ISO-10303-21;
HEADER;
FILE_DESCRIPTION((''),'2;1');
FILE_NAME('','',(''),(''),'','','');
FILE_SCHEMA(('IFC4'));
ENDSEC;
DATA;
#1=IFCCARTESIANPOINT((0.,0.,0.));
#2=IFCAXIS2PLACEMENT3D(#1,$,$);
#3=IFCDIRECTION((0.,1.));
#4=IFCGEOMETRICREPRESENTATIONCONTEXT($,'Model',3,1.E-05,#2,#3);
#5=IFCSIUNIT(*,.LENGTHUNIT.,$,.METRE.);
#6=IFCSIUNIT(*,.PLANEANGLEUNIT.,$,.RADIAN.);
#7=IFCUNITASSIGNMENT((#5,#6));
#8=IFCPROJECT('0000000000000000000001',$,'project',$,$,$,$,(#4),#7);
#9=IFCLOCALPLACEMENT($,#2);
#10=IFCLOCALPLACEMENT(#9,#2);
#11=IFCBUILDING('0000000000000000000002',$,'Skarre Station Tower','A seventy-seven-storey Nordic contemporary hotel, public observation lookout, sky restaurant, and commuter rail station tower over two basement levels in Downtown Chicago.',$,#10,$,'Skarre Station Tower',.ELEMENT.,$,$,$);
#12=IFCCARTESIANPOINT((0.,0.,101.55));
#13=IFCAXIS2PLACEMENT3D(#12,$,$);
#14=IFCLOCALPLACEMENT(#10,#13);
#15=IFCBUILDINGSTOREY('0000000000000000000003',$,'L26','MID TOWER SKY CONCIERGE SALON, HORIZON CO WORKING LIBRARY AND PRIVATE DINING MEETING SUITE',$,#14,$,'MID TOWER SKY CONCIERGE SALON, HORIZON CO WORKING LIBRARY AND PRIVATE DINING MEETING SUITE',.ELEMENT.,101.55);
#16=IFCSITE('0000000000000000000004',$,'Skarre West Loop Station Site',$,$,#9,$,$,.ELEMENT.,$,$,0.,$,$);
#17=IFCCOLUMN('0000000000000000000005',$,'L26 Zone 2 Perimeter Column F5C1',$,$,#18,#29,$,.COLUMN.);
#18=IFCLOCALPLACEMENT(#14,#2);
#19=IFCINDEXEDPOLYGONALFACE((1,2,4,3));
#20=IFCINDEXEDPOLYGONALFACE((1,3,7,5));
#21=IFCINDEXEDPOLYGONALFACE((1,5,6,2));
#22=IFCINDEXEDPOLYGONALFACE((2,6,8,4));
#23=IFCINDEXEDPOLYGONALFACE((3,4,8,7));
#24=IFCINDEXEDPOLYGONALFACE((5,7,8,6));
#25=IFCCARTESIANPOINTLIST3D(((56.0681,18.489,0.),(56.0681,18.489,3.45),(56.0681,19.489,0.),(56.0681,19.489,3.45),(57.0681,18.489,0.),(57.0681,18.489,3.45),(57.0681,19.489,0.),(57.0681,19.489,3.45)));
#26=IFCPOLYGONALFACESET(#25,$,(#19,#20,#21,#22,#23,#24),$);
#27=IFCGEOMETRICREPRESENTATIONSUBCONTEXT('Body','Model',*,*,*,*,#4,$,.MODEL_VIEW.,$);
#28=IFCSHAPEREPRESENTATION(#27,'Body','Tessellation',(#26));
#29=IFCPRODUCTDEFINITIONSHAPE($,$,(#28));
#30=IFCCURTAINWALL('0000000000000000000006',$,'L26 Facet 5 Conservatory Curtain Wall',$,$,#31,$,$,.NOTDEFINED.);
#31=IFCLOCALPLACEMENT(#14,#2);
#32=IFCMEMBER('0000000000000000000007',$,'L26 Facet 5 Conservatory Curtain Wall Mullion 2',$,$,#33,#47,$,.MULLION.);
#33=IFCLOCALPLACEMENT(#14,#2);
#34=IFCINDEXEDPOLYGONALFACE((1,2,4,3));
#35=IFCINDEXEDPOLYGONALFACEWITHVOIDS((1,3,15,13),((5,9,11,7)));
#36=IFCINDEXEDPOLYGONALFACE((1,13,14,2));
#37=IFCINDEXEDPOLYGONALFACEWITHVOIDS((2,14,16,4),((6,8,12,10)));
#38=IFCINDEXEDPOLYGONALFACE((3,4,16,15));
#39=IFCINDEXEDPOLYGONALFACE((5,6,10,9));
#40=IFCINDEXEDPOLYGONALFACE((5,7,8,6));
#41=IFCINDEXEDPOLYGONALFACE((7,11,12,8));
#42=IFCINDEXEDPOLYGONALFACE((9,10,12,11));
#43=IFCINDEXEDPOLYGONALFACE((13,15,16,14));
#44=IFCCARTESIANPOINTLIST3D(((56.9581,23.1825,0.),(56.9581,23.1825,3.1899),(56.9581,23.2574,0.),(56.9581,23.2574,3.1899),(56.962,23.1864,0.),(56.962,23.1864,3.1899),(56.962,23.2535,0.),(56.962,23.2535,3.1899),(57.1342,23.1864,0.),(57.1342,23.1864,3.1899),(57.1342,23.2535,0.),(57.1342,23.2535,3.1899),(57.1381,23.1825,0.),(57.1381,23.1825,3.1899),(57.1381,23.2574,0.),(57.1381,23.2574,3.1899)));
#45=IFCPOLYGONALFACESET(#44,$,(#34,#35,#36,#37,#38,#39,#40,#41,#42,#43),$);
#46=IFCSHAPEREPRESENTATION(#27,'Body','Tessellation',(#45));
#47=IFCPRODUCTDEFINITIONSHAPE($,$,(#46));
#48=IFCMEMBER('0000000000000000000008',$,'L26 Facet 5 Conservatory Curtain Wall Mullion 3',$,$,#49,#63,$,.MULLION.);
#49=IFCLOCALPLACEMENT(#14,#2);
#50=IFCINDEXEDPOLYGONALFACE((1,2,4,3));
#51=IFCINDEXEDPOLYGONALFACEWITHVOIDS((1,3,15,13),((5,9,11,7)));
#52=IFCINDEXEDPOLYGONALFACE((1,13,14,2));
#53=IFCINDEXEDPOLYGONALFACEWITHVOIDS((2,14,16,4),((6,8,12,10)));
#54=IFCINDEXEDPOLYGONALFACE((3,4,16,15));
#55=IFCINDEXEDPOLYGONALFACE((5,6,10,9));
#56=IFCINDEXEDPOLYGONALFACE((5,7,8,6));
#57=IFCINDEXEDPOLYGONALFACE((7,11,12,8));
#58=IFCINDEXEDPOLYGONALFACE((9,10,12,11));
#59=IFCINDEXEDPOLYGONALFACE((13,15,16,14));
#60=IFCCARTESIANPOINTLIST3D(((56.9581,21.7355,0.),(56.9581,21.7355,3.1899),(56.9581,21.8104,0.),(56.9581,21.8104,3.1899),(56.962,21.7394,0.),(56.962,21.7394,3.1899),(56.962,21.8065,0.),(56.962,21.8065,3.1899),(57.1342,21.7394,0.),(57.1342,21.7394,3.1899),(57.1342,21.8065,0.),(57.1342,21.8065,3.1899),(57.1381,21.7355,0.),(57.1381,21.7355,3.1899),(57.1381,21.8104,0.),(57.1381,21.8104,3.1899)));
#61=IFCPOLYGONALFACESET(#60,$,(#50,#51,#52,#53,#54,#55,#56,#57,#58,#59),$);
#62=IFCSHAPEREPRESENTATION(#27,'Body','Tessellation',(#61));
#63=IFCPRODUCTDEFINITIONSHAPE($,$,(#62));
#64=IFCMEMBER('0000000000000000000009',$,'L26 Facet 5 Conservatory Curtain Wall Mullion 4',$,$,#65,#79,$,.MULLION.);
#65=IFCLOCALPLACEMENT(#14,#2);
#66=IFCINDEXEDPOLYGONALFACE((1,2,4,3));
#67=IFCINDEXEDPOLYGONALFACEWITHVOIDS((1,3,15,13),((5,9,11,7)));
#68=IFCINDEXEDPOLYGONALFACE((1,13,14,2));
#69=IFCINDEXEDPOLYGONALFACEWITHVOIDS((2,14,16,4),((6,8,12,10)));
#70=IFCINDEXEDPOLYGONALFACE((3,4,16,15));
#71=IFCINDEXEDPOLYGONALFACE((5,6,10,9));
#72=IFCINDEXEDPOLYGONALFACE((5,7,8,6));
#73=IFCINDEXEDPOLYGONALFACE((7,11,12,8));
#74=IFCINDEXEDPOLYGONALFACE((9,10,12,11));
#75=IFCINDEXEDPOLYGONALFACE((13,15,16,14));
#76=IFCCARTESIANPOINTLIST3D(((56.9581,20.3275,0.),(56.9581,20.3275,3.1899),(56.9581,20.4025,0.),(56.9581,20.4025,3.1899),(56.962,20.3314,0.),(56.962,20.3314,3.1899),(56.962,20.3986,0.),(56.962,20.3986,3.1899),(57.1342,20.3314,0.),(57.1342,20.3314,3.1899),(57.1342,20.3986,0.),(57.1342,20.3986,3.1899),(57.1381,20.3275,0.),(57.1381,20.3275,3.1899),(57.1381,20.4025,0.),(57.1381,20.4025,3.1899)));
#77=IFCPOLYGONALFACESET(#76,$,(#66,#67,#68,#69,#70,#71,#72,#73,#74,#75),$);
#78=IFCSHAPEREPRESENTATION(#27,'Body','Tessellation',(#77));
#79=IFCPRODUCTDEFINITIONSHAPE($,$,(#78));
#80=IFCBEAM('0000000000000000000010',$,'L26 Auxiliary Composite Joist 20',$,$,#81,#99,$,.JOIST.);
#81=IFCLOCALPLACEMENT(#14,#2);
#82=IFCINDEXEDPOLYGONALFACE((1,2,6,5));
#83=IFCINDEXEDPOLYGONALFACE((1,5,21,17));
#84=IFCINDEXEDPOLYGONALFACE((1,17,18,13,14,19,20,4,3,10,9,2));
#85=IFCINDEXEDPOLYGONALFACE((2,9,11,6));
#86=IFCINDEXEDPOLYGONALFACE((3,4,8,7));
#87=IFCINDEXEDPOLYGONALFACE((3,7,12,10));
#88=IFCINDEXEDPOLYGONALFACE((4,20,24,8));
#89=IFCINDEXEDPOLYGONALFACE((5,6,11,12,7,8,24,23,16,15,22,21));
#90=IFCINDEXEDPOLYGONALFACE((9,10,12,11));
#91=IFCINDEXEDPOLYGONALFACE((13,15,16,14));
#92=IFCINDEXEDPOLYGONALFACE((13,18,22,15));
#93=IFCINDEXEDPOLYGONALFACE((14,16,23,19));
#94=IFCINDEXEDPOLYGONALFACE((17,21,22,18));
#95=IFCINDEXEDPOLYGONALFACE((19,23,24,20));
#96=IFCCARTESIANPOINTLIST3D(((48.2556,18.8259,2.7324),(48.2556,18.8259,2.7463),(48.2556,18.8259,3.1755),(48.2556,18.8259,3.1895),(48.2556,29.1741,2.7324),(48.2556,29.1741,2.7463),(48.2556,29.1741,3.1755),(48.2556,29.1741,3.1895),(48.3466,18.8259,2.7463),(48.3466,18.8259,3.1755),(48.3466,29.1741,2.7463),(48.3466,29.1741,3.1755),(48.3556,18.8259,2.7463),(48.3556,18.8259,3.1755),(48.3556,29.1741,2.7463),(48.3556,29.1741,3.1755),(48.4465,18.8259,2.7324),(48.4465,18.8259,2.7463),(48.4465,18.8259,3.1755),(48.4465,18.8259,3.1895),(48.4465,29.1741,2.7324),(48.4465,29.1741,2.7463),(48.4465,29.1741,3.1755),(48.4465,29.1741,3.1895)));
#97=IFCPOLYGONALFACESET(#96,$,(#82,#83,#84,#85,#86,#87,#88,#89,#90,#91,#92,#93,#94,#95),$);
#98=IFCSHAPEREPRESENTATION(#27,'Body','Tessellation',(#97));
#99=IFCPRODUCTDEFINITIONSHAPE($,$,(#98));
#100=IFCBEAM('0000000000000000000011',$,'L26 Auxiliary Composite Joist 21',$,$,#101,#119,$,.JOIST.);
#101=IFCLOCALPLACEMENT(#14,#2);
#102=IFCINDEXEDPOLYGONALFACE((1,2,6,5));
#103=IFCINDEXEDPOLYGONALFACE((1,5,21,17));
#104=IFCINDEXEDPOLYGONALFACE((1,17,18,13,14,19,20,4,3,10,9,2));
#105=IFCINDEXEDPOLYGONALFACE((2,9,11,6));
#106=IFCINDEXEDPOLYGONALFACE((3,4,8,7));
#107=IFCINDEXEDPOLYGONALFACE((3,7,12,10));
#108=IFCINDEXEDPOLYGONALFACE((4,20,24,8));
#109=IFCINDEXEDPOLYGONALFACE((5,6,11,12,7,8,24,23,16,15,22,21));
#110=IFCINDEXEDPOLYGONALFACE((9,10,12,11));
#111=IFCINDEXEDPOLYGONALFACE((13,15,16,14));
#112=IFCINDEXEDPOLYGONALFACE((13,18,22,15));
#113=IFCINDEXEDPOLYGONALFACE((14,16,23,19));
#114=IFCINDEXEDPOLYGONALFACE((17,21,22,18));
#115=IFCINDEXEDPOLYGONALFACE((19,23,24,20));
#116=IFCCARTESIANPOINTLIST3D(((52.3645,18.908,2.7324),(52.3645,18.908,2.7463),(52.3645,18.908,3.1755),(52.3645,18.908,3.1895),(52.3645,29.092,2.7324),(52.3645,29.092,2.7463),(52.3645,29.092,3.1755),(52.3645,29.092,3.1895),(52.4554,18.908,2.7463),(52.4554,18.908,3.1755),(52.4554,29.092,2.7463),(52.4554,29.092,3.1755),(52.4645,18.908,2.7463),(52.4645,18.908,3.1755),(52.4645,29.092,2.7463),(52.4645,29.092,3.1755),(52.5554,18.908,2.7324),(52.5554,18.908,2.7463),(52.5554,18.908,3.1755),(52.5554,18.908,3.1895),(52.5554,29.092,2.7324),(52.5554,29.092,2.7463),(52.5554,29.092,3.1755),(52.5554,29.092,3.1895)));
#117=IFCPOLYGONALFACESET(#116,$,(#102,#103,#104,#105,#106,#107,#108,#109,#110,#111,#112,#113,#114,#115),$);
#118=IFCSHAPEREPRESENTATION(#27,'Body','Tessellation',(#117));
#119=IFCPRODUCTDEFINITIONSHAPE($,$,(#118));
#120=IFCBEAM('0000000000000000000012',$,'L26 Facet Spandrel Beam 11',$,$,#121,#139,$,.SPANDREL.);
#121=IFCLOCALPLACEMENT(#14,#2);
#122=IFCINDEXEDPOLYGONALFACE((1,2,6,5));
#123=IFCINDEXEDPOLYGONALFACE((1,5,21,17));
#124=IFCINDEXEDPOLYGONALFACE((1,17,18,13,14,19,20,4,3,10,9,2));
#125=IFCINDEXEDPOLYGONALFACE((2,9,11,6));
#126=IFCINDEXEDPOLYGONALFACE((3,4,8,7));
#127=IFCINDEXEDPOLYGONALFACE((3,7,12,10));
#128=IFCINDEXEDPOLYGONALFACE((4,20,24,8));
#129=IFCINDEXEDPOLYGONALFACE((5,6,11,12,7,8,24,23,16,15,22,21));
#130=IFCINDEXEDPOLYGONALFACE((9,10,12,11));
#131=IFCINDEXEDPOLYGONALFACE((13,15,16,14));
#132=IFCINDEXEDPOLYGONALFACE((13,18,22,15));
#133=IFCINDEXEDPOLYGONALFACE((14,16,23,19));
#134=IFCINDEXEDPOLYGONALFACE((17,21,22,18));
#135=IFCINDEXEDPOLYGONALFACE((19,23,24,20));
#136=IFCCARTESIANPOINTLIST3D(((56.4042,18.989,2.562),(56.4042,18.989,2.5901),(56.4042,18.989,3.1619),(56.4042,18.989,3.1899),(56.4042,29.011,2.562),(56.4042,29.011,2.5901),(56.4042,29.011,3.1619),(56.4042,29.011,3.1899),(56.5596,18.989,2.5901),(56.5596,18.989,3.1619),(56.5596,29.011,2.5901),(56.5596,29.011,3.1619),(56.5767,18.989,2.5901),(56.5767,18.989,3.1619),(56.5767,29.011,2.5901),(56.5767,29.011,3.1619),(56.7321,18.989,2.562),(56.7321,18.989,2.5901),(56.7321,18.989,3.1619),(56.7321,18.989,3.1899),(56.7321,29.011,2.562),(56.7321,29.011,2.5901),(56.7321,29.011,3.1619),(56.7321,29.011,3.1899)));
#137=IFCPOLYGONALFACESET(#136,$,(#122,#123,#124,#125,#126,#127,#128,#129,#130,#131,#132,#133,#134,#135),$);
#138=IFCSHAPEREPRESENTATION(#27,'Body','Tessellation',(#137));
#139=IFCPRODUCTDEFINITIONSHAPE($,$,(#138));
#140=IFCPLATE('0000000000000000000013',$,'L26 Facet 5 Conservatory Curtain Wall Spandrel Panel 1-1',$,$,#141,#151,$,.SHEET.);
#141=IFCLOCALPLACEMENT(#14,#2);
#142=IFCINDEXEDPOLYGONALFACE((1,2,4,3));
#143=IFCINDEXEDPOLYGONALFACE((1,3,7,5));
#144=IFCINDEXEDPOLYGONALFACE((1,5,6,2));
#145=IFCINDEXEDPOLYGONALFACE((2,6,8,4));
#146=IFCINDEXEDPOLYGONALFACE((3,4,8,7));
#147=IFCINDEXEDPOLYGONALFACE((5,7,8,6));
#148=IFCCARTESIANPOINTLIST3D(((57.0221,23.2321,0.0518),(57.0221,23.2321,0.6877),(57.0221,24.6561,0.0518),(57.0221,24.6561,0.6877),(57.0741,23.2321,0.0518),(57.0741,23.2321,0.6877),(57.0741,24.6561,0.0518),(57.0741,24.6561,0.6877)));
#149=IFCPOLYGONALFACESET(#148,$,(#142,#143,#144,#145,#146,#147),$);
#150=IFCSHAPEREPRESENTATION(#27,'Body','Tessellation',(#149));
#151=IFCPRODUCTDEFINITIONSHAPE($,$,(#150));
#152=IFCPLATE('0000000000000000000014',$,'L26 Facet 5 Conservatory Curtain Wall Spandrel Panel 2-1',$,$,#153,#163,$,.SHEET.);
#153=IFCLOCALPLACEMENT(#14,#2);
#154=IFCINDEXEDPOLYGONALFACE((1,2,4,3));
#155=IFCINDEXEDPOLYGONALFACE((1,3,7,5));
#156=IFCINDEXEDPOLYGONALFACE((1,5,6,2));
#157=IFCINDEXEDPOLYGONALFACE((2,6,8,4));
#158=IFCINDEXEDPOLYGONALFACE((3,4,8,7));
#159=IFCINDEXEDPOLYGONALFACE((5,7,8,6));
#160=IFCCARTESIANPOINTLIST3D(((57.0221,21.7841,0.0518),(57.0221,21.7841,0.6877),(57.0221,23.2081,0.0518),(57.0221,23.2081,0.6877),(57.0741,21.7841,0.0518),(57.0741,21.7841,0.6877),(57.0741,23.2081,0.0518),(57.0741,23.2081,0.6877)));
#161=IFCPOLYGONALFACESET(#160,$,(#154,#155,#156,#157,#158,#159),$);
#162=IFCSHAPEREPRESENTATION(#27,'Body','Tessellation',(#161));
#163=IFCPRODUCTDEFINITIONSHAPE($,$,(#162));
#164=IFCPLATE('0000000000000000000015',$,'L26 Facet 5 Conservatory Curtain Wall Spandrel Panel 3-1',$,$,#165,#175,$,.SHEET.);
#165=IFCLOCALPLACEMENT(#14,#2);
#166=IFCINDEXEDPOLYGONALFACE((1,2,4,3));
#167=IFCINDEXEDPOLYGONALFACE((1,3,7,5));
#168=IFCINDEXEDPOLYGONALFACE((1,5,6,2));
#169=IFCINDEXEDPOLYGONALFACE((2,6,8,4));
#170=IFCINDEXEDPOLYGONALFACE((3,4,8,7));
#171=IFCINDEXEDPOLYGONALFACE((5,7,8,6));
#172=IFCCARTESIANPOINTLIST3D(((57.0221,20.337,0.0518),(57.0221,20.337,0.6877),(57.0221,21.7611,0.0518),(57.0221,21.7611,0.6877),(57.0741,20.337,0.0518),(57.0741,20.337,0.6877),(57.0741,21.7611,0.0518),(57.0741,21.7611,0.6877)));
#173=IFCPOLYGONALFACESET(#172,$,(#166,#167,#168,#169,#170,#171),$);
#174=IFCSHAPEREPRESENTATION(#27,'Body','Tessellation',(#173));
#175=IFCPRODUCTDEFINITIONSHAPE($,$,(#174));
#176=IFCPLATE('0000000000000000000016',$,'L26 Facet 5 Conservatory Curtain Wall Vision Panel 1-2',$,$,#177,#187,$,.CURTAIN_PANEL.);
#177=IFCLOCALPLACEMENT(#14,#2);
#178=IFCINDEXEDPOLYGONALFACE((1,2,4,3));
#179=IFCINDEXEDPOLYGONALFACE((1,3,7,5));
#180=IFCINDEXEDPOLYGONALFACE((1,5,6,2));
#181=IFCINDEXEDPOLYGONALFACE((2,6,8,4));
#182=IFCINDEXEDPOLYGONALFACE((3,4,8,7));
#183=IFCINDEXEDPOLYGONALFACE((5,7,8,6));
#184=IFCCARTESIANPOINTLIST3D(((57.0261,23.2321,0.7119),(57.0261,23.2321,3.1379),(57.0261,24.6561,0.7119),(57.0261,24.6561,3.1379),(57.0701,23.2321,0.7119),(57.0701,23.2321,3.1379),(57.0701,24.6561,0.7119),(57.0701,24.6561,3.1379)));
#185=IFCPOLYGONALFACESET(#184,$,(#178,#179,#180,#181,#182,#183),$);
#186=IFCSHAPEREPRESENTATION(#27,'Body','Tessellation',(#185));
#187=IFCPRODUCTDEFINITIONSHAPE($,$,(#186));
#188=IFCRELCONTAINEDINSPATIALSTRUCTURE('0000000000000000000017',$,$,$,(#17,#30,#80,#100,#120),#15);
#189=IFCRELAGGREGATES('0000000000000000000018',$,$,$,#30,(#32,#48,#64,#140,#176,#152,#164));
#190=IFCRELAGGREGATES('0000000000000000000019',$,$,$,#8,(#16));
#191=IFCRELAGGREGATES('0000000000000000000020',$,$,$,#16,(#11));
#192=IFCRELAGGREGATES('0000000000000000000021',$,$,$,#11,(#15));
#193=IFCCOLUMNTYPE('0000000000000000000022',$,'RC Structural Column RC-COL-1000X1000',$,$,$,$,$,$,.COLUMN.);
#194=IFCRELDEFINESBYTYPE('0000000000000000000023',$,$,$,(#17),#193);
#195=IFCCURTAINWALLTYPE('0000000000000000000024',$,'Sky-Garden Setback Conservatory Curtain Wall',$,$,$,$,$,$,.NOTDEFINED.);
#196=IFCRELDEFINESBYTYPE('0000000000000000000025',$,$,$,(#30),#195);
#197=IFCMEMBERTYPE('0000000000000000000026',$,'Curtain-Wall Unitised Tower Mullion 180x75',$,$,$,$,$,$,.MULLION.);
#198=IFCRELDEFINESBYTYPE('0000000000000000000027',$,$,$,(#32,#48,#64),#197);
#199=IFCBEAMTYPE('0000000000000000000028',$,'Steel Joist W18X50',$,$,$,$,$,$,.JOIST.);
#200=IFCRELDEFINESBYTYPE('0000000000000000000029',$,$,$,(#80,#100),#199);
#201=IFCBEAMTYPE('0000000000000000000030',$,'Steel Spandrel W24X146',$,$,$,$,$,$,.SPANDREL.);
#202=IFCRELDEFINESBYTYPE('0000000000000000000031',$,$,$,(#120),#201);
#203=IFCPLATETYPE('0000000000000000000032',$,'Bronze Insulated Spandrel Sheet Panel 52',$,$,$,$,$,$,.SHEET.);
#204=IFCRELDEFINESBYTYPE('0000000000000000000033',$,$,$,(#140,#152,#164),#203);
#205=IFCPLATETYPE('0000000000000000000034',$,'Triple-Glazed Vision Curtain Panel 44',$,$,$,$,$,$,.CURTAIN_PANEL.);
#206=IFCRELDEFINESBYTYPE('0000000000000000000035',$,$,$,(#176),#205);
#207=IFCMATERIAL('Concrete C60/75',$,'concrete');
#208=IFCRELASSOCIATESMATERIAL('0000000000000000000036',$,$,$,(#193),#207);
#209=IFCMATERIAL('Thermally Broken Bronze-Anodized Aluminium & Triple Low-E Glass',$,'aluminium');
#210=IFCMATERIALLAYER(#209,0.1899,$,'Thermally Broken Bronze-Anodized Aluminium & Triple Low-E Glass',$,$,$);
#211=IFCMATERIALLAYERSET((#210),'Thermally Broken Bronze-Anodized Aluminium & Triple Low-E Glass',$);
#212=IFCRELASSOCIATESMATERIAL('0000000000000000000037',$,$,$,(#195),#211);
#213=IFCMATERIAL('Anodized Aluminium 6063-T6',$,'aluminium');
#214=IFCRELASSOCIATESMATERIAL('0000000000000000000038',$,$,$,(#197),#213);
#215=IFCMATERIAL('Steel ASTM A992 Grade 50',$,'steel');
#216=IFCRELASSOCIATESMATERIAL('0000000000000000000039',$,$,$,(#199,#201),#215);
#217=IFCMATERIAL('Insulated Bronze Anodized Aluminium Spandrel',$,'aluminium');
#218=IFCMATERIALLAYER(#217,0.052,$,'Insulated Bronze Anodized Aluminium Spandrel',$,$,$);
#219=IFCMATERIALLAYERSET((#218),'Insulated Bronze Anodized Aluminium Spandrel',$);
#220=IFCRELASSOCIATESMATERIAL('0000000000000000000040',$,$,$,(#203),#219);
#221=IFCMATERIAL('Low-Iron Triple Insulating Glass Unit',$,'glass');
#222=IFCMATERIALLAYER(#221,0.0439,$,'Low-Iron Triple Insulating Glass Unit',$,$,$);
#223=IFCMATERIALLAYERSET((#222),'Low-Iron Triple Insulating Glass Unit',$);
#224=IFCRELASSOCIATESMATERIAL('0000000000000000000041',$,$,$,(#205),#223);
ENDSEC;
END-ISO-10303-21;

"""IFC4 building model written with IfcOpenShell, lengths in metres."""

from ifc_helpers import new_model, si_unit, direction, frame, origin, origin_2d, place, context, subcontext, project, spatial, rectangle, hollow_rectangle, i_section, extrude, material, layer, layer_set, material_profile, profile_set, type_object, element, aggregate, save


model = new_model("IFC4")

# Units and contexts
model_context = context("Model", 3, precision=1e-05, world=origin(), true_north=direction((0.0, 1.0)))
body_context = subcontext(model_context, "Body", "Model", "MODEL_VIEW")
ifc_project = project(units=[si_unit("LENGTHUNIT", "METRE"), si_unit("PLANEANGLEUNIT", "RADIAN")], contexts=[model_context])

# Site, building, storey
site_placement = place(None, origin())
site = spatial("IfcSite", under=ifc_project, at=site_placement, Name="Skarre West Loop Station Site", CompositionType="ELEMENT", RefElevation=0.0)
building_placement = place(site_placement, origin())
building = spatial("IfcBuilding", under=site, at=building_placement, Name="Skarre Station Tower", Description="A seventy-seven-storey Nordic contemporary hotel, public observation lookout, sky restaurant, and commuter rail station tower over two basement levels in Downtown Chicago.", LongName="Skarre Station Tower", CompositionType="ELEMENT")
storey_placement = place(building_placement, frame((0.0, 0.0, 101.55)))
storey = spatial("IfcBuildingStorey", under=building, at=storey_placement, Name="L26", Description="MID TOWER SKY CONCIERGE SALON, HORIZON CO WORKING LIBRARY AND PRIVATE DINING MEETING SUITE", LongName="MID TOWER SKY CONCIERGE SALON, HORIZON CO WORKING LIBRARY AND PRIVATE DINING MEETING SUITE", CompositionType="ELEMENT", Elevation=101.55)

# Column
ifc_material_1 = material(Name="Concrete C60/75", Category="concrete")
ifc_material_profile_1 = material_profile(ifc_material_1, rectangle(XDim=1.0, YDim=1.0, at=origin_2d()), Name="Concrete C60/75")
ifc_profile_set_1 = profile_set([ifc_material_profile_1], Name="Concrete C60/75")
column_type = type_object("IfcColumnType", Name="RC Structural Column RC-COL-1000X1000", PredefinedType="COLUMN", material=ifc_profile_set_1)
column_placement = place(storey_placement, frame((56.5681, 18.989, 0.0), z_axis=(0.0, 0.0, 1.0), x_axis=(1.0, 0.0, 0.0)))
element("IfcColumn", 1, at=column_placement, inside=storey, type_object=column_type, Name="L26 Zone 2 Perimeter Column F5C1", PredefinedType="COLUMN", context=body_context, shape_type="SweptSolid", body=[
    extrude(rectangle(XDim=1.0, YDim=1.0, at=origin_2d()), origin(), (0.0, 0.0, 1.0), 3.45),
])

# Curtain wall, members
ifc_material_2 = material(Name="Thermally Broken Bronze-Anodized Aluminium & Triple Low-E Glass", Category="aluminium")
ifc_layer_1 = layer(ifc_material_2, 0.1899, Name="Thermally Broken Bronze-Anodized Aluminium & Triple Low-E Glass")
ifc_layer_set_1 = layer_set([ifc_layer_1], Name="Thermally Broken Bronze-Anodized Aluminium & Triple Low-E Glass")
curtain_wall_type = type_object("IfcCurtainWallType", Name="Sky-Garden Setback Conservatory Curtain Wall", PredefinedType="NOTDEFINED", material=ifc_layer_set_1)
curtain_wall_placement = place(storey_placement, origin())
curtain_wall = element("IfcCurtainWall", 2, at=curtain_wall_placement, inside=storey, type_object=curtain_wall_type, Name="L26 Facet 5 Conservatory Curtain Wall", PredefinedType="NOTDEFINED")
ifc_material_3 = material(Name="Anodized Aluminium 6063-T6", Category="aluminium")
ifc_material_profile_2 = material_profile(ifc_material_3, hollow_rectangle(XDim=0.075, YDim=0.1799, WallThickness=0.0039, at=origin_2d()), Name="Anodized Aluminium 6063-T6")
ifc_profile_set_2 = profile_set([ifc_material_profile_2], Name="Anodized Aluminium 6063-T6")
member_type = type_object("IfcMemberType", Name="Curtain-Wall Unitised Tower Mullion 180x75", PredefinedType="MULLION", material=ifc_profile_set_2)
member_1_placement = place(storey_placement, frame((57.0481, 23.22, 0.0), z_axis=(0.0, 0.0, 1.0), x_axis=(0.0, -1.0, 0.0)))
member_1 = element("IfcMember", 3, at=member_1_placement, type_object=member_type, Name="L26 Facet 5 Conservatory Curtain Wall Mullion 2", PredefinedType="MULLION", context=body_context, shape_type="SweptSolid", body=[
    extrude(hollow_rectangle(XDim=0.075, YDim=0.1799, WallThickness=0.0039, at=origin_2d()), origin(), (0.0, 0.0, 1.0), 3.1899),
])
member_2_placement = place(storey_placement, frame((57.0481, 21.7729, 0.0), z_axis=(0.0, 0.0, 1.0), x_axis=(0.0, -1.0, 0.0)))
member_2 = element("IfcMember", 4, at=member_2_placement, type_object=member_type, Name="L26 Facet 5 Conservatory Curtain Wall Mullion 3", PredefinedType="MULLION", context=body_context, shape_type="SweptSolid", body=[
    extrude(hollow_rectangle(XDim=0.075, YDim=0.1799, WallThickness=0.0039, at=origin_2d()), origin(), (0.0, 0.0, 1.0), 3.1899),
])
member_3_placement = place(storey_placement, frame((57.0481, 20.365, 0.0), z_axis=(0.0, 0.0, 1.0), x_axis=(0.0, -1.0, 0.0)))
member_3 = element("IfcMember", 5, at=member_3_placement, type_object=member_type, Name="L26 Facet 5 Conservatory Curtain Wall Mullion 4", PredefinedType="MULLION", context=body_context, shape_type="SweptSolid", body=[
    extrude(hollow_rectangle(XDim=0.075, YDim=0.1799, WallThickness=0.0039, at=origin_2d()), origin(), (0.0, 0.0, 1.0), 3.1899),
])

# Beams
ifc_material_4 = material(Name="Steel ASTM A992 Grade 50", Category="steel")
ifc_material_profile_3 = material_profile(ifc_material_4, i_section(OverallWidth=0.1909, OverallDepth=0.457, WebThickness=0.009, FlangeThickness=0.0139, at=origin_2d()), Name="Steel ASTM A992 Grade 50")
ifc_profile_set_3 = profile_set([ifc_material_profile_3], Name="Steel ASTM A992 Grade 50")
beam_type_1 = type_object("IfcBeamType", Name="Steel Joist W18X50", PredefinedType="JOIST", material=ifc_profile_set_3)
beam_1_placement = place(storey_placement, frame((48.3511, 18.8259, 2.9609), z_axis=(0.0, 1.0, 0.0), x_axis=(-1.0, 0.0, 0.0)))
element("IfcBeam", 6, at=beam_1_placement, inside=storey, type_object=beam_type_1, Name="L26 Auxiliary Composite Joist 20", PredefinedType="JOIST", context=body_context, shape_type="SweptSolid", body=[
    extrude(i_section(OverallWidth=0.1909, OverallDepth=0.457, WebThickness=0.009, FlangeThickness=0.0139, at=origin_2d()), origin(), (0.0, 0.0, 1.0), 10.3481),
])
beam_2_placement = place(storey_placement, frame((52.46, 18.908, 2.9609), z_axis=(0.0, 1.0, 0.0), x_axis=(-1.0, 0.0, 0.0)))
element("IfcBeam", 7, at=beam_2_placement, inside=storey, type_object=beam_type_1, Name="L26 Auxiliary Composite Joist 21", PredefinedType="JOIST", context=body_context, shape_type="SweptSolid", body=[
    extrude(i_section(OverallWidth=0.1909, OverallDepth=0.457, WebThickness=0.009, FlangeThickness=0.0139, at=origin_2d()), origin(), (0.0, 0.0, 1.0), 10.1841),
])
ifc_material_profile_4 = material_profile(ifc_material_4, i_section(OverallWidth=0.3279, OverallDepth=0.6279, WebThickness=0.0171, FlangeThickness=0.0281, at=origin_2d()), Name="Steel ASTM A992 Grade 50")
ifc_profile_set_4 = profile_set([ifc_material_profile_4], Name="Steel ASTM A992 Grade 50")
beam_type_2 = type_object("IfcBeamType", Name="Steel Spandrel W24X146", PredefinedType="SPANDREL", material=ifc_profile_set_4)
beam_3_placement = place(storey_placement, frame((56.5681, 18.989, 2.876), z_axis=(0.0, 1.0, 0.0), x_axis=(-1.0, 0.0, 0.0)))
element("IfcBeam", 8, at=beam_3_placement, inside=storey, type_object=beam_type_2, Name="L26 Facet Spandrel Beam 11", PredefinedType="SPANDREL", context=body_context, shape_type="SweptSolid", body=[
    extrude(i_section(OverallWidth=0.3279, OverallDepth=0.6279, WebThickness=0.0171, FlangeThickness=0.0281, at=origin_2d()), origin(), (0.0, 0.0, 1.0), 10.022),
])

# Plates
ifc_material_5 = material(Name="Insulated Bronze Anodized Aluminium Spandrel", Category="aluminium")
ifc_layer_2 = layer(ifc_material_5, 0.052, Name="Insulated Bronze Anodized Aluminium Spandrel")
ifc_layer_set_2 = layer_set([ifc_layer_2], Name="Insulated Bronze Anodized Aluminium Spandrel")
plate_type_1 = type_object("IfcPlateType", Name="Bronze Insulated Spandrel Sheet Panel 52", PredefinedType="SHEET", material=ifc_layer_set_2)
plate_1_placement = place(storey_placement, frame((57.0481, 23.9441, 0.0518), z_axis=(0.0, 0.0, 1.0), x_axis=(0.0, -1.0, 0.0)))
plate_1 = element("IfcPlate", 9, at=plate_1_placement, type_object=plate_type_1, Name="L26 Facet 5 Conservatory Curtain Wall Spandrel Panel 1-1", PredefinedType="SHEET", context=body_context, shape_type="SweptSolid", body=[
    extrude(rectangle(XDim=1.4241, YDim=0.052, at=origin_2d()), origin(), (0.0, 0.0, 1.0), 0.636),
])
plate_2_placement = place(storey_placement, frame((57.0481, 22.4961, 0.0518), z_axis=(0.0, 0.0, 1.0), x_axis=(0.0, -1.0, 0.0)))
plate_2 = element("IfcPlate", 10, at=plate_2_placement, type_object=plate_type_1, Name="L26 Facet 5 Conservatory Curtain Wall Spandrel Panel 2-1", PredefinedType="SHEET", context=body_context, shape_type="SweptSolid", body=[
    extrude(rectangle(XDim=1.4241, YDim=0.052, at=origin_2d()), origin(), (0.0, 0.0, 1.0), 0.636),
])
plate_3_placement = place(storey_placement, frame((57.0481, 21.0491, 0.0518), z_axis=(0.0, 0.0, 1.0), x_axis=(0.0, -1.0, 0.0)))
plate_3 = element("IfcPlate", 11, at=plate_3_placement, type_object=plate_type_1, Name="L26 Facet 5 Conservatory Curtain Wall Spandrel Panel 3-1", PredefinedType="SHEET", context=body_context, shape_type="SweptSolid", body=[
    extrude(rectangle(XDim=1.4241, YDim=0.052, at=origin_2d()), origin(), (0.0, 0.0, 1.0), 0.636),
])
ifc_material_6 = material(Name="Low-Iron Triple Insulating Glass Unit", Category="glass")
ifc_layer_3 = layer(ifc_material_6, 0.0439, Name="Low-Iron Triple Insulating Glass Unit")
ifc_layer_set_3 = layer_set([ifc_layer_3], Name="Low-Iron Triple Insulating Glass Unit")
plate_type_2 = type_object("IfcPlateType", Name="Triple-Glazed Vision Curtain Panel 44", PredefinedType="CURTAIN_PANEL", material=ifc_layer_set_3)
plate_4_placement = place(storey_placement, frame((57.0481, 23.9441, 0.7119), z_axis=(0.0, 0.0, 1.0), x_axis=(0.0, -1.0, 0.0)))
plate_4 = element("IfcPlate", 12, at=plate_4_placement, type_object=plate_type_2, Name="L26 Facet 5 Conservatory Curtain Wall Vision Panel 1-2", PredefinedType="CURTAIN_PANEL", context=body_context, shape_type="SweptSolid", body=[
    extrude(rectangle(XDim=1.4241, YDim=0.0439, at=origin_2d()), origin(), (0.0, 0.0, 1.0), 2.426),
])
aggregate(curtain_wall, [member_1, member_2, member_3, plate_1, plate_4, plate_2, plate_3])

save(model, "model.ifc")
